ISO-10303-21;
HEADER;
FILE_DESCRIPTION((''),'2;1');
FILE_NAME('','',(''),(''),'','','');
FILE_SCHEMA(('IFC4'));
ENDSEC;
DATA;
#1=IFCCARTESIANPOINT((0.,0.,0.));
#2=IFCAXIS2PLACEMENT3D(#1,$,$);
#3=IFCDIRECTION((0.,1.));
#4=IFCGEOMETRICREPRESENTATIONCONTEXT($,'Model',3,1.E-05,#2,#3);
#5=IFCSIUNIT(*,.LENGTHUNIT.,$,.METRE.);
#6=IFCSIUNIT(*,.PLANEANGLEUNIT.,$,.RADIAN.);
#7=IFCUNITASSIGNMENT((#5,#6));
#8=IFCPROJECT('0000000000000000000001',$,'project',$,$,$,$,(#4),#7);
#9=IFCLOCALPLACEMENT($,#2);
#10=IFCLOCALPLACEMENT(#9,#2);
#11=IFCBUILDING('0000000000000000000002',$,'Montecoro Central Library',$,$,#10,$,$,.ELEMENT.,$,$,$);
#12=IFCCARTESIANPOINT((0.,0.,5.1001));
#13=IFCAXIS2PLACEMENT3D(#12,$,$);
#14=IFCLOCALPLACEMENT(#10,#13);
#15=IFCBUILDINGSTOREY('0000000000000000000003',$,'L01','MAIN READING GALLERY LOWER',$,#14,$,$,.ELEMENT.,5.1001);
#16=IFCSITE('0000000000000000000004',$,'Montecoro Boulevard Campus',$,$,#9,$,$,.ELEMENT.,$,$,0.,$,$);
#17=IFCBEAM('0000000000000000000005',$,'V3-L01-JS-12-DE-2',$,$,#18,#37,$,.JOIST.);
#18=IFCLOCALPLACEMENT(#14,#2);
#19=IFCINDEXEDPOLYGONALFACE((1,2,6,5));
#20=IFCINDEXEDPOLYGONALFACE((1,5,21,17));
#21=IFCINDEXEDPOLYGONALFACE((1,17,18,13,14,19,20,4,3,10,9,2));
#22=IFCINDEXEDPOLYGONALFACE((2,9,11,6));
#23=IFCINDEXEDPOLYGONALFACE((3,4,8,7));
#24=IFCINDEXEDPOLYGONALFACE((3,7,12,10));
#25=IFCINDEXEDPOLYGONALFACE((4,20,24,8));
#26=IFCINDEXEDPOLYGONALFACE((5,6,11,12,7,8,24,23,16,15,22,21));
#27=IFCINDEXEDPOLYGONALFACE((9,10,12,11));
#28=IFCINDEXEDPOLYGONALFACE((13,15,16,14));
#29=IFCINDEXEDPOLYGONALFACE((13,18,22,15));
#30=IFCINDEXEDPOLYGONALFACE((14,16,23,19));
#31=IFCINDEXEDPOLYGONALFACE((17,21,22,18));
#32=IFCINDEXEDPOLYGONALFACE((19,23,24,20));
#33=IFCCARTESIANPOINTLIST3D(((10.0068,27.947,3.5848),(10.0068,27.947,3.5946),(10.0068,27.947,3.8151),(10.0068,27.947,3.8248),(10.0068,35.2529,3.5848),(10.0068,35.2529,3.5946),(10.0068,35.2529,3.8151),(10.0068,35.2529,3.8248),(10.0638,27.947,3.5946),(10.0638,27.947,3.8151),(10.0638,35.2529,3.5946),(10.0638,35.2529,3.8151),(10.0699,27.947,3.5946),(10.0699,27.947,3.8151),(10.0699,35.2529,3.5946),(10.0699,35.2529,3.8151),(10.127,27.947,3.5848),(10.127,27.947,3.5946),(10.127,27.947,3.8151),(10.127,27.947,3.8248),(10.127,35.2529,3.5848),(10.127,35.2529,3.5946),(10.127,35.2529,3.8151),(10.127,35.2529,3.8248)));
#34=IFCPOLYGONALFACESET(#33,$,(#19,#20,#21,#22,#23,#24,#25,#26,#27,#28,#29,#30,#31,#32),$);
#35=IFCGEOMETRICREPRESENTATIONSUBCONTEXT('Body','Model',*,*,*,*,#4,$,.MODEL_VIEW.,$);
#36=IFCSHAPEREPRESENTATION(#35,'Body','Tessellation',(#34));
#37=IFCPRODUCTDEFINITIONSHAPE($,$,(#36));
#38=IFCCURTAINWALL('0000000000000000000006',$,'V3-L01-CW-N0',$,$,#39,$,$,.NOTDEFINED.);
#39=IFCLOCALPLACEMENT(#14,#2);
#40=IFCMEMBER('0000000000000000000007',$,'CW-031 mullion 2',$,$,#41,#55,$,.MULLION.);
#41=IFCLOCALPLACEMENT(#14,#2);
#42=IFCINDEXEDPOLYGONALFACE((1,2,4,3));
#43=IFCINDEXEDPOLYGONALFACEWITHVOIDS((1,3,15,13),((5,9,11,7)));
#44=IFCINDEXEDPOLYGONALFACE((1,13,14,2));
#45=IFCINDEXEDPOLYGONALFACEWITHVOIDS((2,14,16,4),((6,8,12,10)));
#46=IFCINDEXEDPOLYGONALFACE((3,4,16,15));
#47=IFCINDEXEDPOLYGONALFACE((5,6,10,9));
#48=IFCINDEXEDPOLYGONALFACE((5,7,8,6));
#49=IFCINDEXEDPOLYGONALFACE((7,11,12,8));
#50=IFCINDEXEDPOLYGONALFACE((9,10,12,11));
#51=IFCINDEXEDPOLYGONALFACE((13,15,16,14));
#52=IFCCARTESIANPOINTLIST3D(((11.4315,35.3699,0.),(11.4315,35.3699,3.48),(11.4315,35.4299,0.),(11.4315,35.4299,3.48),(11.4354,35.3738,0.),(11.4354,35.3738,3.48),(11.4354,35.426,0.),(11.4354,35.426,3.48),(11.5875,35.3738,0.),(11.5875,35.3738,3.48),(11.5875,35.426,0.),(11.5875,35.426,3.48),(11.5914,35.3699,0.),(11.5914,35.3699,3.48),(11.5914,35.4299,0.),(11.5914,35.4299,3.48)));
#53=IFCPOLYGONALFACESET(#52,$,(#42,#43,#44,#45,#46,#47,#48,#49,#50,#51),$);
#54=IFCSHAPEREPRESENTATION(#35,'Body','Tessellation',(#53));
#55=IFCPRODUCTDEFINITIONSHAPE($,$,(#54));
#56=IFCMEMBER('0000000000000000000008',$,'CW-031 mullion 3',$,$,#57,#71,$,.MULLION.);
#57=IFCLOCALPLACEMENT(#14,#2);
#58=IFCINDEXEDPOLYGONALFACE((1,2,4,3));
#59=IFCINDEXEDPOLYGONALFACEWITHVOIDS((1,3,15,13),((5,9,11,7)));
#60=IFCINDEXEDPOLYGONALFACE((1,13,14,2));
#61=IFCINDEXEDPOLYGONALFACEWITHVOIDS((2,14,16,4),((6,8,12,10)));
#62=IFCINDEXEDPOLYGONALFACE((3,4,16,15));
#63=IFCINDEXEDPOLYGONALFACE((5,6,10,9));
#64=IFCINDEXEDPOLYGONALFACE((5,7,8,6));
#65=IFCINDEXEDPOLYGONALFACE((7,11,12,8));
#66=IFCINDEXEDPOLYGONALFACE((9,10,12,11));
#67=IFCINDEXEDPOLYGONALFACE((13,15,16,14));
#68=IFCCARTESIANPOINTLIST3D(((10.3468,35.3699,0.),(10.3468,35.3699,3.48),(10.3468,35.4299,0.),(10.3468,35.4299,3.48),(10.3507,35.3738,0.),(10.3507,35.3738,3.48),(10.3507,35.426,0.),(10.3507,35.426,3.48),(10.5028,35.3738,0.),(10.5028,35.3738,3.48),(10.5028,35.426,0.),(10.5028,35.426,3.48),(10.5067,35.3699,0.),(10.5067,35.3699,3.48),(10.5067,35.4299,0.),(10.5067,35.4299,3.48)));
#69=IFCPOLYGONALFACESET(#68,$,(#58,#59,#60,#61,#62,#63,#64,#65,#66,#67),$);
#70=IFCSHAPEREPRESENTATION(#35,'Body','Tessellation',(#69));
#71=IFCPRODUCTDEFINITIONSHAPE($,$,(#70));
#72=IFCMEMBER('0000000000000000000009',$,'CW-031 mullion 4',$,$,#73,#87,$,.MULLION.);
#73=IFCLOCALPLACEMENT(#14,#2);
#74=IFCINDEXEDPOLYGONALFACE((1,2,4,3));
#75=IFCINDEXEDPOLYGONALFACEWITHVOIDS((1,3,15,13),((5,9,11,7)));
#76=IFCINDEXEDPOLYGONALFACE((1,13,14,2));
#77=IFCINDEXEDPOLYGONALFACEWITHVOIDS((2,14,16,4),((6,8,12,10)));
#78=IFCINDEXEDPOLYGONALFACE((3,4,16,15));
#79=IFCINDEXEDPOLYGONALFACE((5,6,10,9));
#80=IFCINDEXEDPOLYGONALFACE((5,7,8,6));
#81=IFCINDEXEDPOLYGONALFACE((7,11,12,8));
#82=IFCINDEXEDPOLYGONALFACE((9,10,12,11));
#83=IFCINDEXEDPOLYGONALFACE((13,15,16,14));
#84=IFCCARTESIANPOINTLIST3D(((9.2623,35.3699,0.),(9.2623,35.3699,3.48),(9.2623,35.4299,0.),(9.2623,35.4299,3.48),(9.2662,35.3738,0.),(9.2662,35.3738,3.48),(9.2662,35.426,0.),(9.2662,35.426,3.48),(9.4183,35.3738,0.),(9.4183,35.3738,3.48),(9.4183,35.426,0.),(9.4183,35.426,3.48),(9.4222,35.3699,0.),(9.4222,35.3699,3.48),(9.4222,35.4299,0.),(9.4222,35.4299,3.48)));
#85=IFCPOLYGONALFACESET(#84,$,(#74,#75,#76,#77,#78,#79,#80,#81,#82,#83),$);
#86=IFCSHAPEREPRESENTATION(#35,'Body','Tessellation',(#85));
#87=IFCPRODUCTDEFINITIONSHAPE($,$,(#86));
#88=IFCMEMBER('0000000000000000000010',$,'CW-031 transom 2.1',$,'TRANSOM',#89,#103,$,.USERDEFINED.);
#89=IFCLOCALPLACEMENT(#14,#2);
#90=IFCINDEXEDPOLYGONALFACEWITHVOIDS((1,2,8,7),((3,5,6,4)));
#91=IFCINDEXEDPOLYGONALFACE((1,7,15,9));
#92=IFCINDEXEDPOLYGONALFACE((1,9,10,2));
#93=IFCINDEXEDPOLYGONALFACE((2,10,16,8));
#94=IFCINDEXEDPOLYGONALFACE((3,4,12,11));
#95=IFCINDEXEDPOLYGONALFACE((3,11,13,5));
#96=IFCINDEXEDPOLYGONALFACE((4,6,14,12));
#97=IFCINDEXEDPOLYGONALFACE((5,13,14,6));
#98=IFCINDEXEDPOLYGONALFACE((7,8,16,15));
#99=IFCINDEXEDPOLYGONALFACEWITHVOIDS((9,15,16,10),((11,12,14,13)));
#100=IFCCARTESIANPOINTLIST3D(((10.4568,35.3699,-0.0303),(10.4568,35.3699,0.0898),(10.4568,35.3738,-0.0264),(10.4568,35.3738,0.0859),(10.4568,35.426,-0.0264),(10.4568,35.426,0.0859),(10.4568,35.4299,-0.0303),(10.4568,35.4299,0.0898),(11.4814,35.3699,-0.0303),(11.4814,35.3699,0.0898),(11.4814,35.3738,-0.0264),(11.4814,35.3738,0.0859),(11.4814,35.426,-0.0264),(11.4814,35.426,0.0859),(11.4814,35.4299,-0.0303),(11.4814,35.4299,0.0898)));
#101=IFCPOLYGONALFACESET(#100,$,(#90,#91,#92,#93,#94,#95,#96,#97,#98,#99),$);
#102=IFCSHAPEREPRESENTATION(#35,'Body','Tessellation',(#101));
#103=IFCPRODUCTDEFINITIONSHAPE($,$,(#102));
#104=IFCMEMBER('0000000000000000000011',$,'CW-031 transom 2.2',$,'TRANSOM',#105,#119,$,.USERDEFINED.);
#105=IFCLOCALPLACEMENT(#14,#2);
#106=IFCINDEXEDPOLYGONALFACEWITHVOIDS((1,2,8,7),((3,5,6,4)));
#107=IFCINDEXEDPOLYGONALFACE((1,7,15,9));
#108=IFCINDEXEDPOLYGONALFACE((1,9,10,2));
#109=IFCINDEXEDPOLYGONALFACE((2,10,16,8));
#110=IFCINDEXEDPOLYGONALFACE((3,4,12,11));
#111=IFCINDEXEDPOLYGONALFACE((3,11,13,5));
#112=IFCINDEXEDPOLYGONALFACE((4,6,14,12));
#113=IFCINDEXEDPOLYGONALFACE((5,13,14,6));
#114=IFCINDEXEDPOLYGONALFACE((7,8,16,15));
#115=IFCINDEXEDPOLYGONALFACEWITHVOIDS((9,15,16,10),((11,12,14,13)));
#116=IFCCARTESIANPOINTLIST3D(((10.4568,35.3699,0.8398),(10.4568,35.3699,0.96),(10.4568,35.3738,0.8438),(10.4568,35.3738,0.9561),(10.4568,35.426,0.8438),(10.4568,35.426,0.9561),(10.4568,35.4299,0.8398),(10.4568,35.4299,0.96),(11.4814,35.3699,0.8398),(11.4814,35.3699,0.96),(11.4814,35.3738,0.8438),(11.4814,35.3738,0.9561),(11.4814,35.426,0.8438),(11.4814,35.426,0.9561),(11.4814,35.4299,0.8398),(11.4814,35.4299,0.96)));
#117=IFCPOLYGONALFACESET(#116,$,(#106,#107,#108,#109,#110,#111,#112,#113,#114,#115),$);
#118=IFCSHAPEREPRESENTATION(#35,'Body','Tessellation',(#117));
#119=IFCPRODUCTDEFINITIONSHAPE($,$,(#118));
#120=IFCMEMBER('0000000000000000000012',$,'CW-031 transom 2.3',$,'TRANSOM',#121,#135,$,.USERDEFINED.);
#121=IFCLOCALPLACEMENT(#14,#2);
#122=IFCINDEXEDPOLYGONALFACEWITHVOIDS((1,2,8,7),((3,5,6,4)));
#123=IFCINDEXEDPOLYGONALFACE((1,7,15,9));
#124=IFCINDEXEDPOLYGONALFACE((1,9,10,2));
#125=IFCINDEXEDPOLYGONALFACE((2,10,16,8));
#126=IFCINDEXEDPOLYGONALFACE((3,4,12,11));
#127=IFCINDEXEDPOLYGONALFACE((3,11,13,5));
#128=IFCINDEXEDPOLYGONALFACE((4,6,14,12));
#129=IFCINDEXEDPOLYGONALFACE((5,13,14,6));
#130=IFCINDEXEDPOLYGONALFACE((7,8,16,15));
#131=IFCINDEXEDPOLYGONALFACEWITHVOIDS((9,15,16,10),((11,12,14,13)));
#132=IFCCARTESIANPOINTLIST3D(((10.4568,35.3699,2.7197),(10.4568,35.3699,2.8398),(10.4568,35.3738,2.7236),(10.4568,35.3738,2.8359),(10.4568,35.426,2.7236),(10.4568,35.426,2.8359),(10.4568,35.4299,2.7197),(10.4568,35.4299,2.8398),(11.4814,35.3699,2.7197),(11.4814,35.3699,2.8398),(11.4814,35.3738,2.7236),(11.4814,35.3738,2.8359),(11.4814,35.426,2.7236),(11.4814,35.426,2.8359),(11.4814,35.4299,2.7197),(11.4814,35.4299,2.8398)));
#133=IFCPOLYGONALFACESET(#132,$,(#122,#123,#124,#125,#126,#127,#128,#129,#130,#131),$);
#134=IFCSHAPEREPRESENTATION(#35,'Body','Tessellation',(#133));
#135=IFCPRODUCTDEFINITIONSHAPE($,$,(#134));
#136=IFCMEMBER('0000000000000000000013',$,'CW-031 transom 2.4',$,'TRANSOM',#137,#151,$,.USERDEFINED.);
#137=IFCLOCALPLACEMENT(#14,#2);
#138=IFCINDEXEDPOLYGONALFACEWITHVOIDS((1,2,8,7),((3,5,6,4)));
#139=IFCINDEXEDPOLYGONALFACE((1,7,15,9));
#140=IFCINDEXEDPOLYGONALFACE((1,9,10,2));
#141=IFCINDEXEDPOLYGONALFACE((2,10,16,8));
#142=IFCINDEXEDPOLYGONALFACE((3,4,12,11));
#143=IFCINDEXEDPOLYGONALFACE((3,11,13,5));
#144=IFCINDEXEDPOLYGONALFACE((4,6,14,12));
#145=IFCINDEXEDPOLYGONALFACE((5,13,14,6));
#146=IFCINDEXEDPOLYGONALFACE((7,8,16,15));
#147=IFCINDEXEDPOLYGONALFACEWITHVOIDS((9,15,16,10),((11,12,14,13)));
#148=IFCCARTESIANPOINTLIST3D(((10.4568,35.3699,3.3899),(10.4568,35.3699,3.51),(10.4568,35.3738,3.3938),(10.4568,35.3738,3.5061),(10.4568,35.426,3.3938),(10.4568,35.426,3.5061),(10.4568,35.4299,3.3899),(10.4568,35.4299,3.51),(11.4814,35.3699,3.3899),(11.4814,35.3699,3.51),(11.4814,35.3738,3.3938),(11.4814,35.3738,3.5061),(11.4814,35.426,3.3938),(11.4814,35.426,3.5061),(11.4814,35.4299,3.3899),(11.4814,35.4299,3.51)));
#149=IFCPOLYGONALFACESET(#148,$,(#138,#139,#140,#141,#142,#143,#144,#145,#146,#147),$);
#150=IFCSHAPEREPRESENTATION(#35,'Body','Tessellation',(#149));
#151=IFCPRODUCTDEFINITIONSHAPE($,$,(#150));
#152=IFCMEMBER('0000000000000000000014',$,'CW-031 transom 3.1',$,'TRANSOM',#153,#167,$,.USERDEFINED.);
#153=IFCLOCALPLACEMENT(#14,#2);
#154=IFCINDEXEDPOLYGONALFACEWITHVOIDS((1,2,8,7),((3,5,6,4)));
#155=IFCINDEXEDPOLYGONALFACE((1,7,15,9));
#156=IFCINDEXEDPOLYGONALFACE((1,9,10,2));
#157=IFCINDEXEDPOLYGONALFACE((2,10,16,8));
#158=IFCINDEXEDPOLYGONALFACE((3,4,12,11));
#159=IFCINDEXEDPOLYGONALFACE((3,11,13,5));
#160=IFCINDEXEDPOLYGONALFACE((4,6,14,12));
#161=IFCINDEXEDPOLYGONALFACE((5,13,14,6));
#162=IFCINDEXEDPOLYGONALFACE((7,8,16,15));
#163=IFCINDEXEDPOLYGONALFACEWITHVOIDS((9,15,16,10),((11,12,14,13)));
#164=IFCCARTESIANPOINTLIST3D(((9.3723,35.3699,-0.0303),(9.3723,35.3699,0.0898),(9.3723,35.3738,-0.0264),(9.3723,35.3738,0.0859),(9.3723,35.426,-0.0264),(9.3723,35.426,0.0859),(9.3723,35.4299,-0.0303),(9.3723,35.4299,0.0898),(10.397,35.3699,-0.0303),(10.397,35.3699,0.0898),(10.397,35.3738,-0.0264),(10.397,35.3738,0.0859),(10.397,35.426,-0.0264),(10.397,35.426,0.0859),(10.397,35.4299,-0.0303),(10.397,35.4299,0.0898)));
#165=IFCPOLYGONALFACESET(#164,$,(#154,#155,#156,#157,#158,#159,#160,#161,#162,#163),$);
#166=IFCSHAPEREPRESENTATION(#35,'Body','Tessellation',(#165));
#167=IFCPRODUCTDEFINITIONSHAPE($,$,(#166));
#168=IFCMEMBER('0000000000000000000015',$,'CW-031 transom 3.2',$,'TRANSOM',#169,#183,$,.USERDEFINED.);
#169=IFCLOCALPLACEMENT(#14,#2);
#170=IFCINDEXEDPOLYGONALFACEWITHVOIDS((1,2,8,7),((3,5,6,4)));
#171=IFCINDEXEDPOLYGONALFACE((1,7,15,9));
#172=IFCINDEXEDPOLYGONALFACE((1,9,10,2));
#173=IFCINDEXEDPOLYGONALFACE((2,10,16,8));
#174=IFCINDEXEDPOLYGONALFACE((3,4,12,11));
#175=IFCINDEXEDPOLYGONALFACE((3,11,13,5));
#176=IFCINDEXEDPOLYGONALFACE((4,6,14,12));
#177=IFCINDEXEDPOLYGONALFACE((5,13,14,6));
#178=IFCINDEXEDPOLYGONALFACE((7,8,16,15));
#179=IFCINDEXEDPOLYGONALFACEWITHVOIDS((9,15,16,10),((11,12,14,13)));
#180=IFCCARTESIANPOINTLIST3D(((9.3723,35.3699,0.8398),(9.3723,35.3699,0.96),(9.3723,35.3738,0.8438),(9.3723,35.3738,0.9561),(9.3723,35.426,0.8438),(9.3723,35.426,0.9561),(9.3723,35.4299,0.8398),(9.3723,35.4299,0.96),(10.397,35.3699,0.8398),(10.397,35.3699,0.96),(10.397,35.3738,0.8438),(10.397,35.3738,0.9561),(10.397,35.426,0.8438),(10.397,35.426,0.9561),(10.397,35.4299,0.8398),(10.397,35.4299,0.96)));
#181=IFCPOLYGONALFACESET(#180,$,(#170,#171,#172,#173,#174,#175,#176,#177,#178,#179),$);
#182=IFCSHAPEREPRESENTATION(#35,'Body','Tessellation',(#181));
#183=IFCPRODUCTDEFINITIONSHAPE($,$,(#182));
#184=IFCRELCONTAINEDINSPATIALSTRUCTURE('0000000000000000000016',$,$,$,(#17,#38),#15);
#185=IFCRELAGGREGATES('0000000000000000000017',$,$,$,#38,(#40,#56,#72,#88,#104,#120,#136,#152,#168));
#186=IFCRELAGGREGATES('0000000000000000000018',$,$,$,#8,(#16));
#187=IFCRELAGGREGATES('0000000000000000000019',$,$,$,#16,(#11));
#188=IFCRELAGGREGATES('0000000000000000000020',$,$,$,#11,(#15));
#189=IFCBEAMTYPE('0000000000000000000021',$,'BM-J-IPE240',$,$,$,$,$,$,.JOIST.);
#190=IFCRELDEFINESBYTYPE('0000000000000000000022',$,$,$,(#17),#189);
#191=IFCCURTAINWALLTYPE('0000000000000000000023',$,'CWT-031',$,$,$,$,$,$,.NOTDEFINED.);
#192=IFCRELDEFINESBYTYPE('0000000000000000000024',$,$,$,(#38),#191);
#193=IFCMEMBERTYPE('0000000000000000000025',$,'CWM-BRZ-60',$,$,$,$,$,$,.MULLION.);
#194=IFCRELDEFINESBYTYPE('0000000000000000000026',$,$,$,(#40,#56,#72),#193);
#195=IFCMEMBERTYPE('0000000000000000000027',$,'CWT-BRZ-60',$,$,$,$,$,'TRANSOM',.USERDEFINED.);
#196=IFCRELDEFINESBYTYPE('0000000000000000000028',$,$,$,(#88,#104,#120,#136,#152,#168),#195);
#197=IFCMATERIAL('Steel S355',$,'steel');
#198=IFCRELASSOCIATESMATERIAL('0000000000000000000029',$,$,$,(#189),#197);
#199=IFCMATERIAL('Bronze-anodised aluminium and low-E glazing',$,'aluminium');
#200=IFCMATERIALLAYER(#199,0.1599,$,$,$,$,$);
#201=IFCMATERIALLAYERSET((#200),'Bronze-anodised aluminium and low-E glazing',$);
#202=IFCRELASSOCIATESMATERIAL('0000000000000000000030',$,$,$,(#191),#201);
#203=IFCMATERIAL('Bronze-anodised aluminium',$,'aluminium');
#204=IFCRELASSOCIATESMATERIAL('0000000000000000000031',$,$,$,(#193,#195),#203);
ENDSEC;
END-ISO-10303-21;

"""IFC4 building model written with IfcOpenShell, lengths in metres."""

from ifc_helpers import new_model, si_unit, direction, frame, origin, origin_2d, place, context, subcontext, project, spatial, hollow_rectangle, i_section, extrude, material, layer, layer_set, material_profile, profile_set, type_object, element, aggregate, save


model = new_model("IFC4")

# Units and contexts
model_context = context("Model", 3, precision=1e-05, world=origin(), true_north=direction((0.0, 1.0)))
body_context = subcontext(model_context, "Body", "Model", "MODEL_VIEW")
ifc_project = project(units=[si_unit("LENGTHUNIT", "METRE"), si_unit("PLANEANGLEUNIT", "RADIAN")], contexts=[model_context])

# Site, building, storey
site_placement = place(None, origin())
site = spatial("IfcSite", under=ifc_project, at=site_placement, Name="Montecoro Boulevard Campus", CompositionType="ELEMENT", RefElevation=0.0)
building_placement = place(site_placement, origin())
building = spatial("IfcBuilding", under=site, at=building_placement, Name="Montecoro Central Library", CompositionType="ELEMENT")
storey_placement = place(building_placement, frame((0.0, 0.0, 5.1001)))
storey = spatial("IfcBuildingStorey", under=building, at=storey_placement, Name="L01", Description="MAIN READING GALLERY LOWER", CompositionType="ELEMENT", Elevation=5.1001)

# Beam
ifc_material_1 = material(Name="Steel S355", Category="steel")
ifc_material_profile_1 = material_profile(ifc_material_1, i_section(OverallWidth=0.1201, OverallDepth=0.24, WebThickness=0.0061, FlangeThickness=0.0098, at=origin_2d()), Name="IPE 240")
ifc_profile_set_1 = profile_set([ifc_material_profile_1], Name="Steel S355")
beam_type = type_object("IfcBeamType", Name="BM-J-IPE240", PredefinedType="JOIST", material=ifc_profile_set_1)
beam_placement = place(storey_placement, frame((10.0669, 27.947, 3.7048), z_axis=(0.0, 1.0, 0.0), x_axis=(-1.0, 0.0, 0.0)))
element("IfcBeam", 1, at=beam_placement, inside=storey, type_object=beam_type, Name="V3-L01-JS-12-DE-2", PredefinedType="JOIST", context=body_context, shape_type="SweptSolid", body=[
    extrude(i_section(OverallWidth=0.1201, OverallDepth=0.24, WebThickness=0.0061, FlangeThickness=0.0098, at=origin_2d()), origin(), (0.0, 0.0, 1.0), 7.3059),
])

# Curtain wall, members
ifc_material_2 = material(Name="Bronze-anodised aluminium and low-E glazing", Category="aluminium")
ifc_layer_1 = layer(ifc_material_2, 0.1599)
ifc_layer_set_1 = layer_set([ifc_layer_1], Name="Bronze-anodised aluminium and low-E glazing")
curtain_wall_type = type_object("IfcCurtainWallType", Name="CWT-031", PredefinedType="NOTDEFINED", material=ifc_layer_set_1)
curtain_wall_placement = place(storey_placement, origin())
curtain_wall = element("IfcCurtainWall", 2, at=curtain_wall_placement, inside=storey, type_object=curtain_wall_type, Name="V3-L01-CW-N0", PredefinedType="NOTDEFINED")
ifc_material_3 = material(Name="Bronze-anodised aluminium", Category="aluminium")
ifc_material_profile_2 = material_profile(ifc_material_3, hollow_rectangle(XDim=0.0601, YDim=0.1599, WallThickness=0.0039, at=origin_2d()), Name="CWM 160x60x4.0")
ifc_profile_set_2 = profile_set([ifc_material_profile_2], Name="Bronze-anodised aluminium")
member_type_1 = type_object("IfcMemberType", Name="CWM-BRZ-60", PredefinedType="MULLION", material=ifc_profile_set_2)
member_1_placement = place(storey_placement, frame((11.5115, 35.3999, 0.0), z_axis=(0.0, 0.0, 1.0), x_axis=(0.0, -1.0, 0.0)))
member_1 = element("IfcMember", 3, at=member_1_placement, type_object=member_type_1, Name="CW-031 mullion 2", PredefinedType="MULLION", context=body_context, shape_type="SweptSolid", body=[
    extrude(hollow_rectangle(XDim=0.0601, YDim=0.1599, WallThickness=0.0039, at=origin_2d()), origin(), (0.0, 0.0, 1.0), 3.48),
])
member_2_placement = place(storey_placement, frame((10.4268, 35.3999, 0.0), z_axis=(0.0, 0.0, 1.0), x_axis=(0.0, -1.0, 0.0)))
member_2 = element("IfcMember", 4, at=member_2_placement, type_object=member_type_1, Name="CW-031 mullion 3", PredefinedType="MULLION", context=body_context, shape_type="SweptSolid", body=[
    extrude(hollow_rectangle(XDim=0.0601, YDim=0.1599, WallThickness=0.0039, at=origin_2d()), origin(), (0.0, 0.0, 1.0), 3.48),
])
member_3_placement = place(storey_placement, frame((9.3423, 35.3999, 0.0), z_axis=(0.0, 0.0, 1.0), x_axis=(0.0, -1.0, 0.0)))
member_3 = element("IfcMember", 5, at=member_3_placement, type_object=member_type_1, Name="CW-031 mullion 4", PredefinedType="MULLION", context=body_context, shape_type="SweptSolid", body=[
    extrude(hollow_rectangle(XDim=0.0601, YDim=0.1599, WallThickness=0.0039, at=origin_2d()), origin(), (0.0, 0.0, 1.0), 3.48),
])
ifc_material_profile_3 = material_profile(ifc_material_3, hollow_rectangle(XDim=0.0601, YDim=0.1201, WallThickness=0.0039, at=origin_2d()), Name="CWT 120x60x4.0")
ifc_profile_set_3 = profile_set([ifc_material_profile_3], Name="Bronze-anodised aluminium")
member_type_2 = type_object("IfcMemberType", Name="CWT-BRZ-60", ElementType="TRANSOM", PredefinedType="USERDEFINED", material=ifc_profile_set_3)
member_4_placement = place(storey_placement, frame((11.4814, 35.3999, 0.0298), z_axis=(-1.0, 0.0, 0.0), x_axis=(0.0, -1.0, 0.0)))
member_4 = element("IfcMember", 6, at=member_4_placement, type_object=member_type_2, Name="CW-031 transom 2.1", ObjectType="TRANSOM", PredefinedType="USERDEFINED", context=body_context, shape_type="SweptSolid", body=[
    extrude(hollow_rectangle(XDim=0.0601, YDim=0.1201, WallThickness=0.0039, at=origin_2d()), origin(), (0.0, 0.0, 1.0), 1.0247),
])
member_5_placement = place(storey_placement, frame((11.4814, 35.3999, 0.8999), z_axis=(-1.0, 0.0, 0.0), x_axis=(0.0, -1.0, 0.0)))
member_5 = element("IfcMember", 7, at=member_5_placement, type_object=member_type_2, Name="CW-031 transom 2.2", ObjectType="TRANSOM", PredefinedType="USERDEFINED", context=body_context, shape_type="SweptSolid", body=[
    extrude(hollow_rectangle(XDim=0.0601, YDim=0.1201, WallThickness=0.0039, at=origin_2d()), origin(), (0.0, 0.0, 1.0), 1.0247),
])
member_6_placement = place(storey_placement, frame((11.4814, 35.3999, 2.7798), z_axis=(-1.0, 0.0, 0.0), x_axis=(0.0, -1.0, 0.0)))
member_6 = element("IfcMember", 8, at=member_6_placement, type_object=member_type_2, Name="CW-031 transom 2.3", ObjectType="TRANSOM", PredefinedType="USERDEFINED", context=body_context, shape_type="SweptSolid", body=[
    extrude(hollow_rectangle(XDim=0.0601, YDim=0.1201, WallThickness=0.0039, at=origin_2d()), origin(), (0.0, 0.0, 1.0), 1.0247),
])
member_7_placement = place(storey_placement, frame((11.4814, 35.3999, 3.45), z_axis=(-1.0, 0.0, 0.0), x_axis=(0.0, -1.0, 0.0)))
member_7 = element("IfcMember", 9, at=member_7_placement, type_object=member_type_2, Name="CW-031 transom 2.4", ObjectType="TRANSOM", PredefinedType="USERDEFINED", context=body_context, shape_type="SweptSolid", body=[
    extrude(hollow_rectangle(XDim=0.0601, YDim=0.1201, WallThickness=0.0039, at=origin_2d()), origin(), (0.0, 0.0, 1.0), 1.0247),
])
member_8_placement = place(storey_placement, frame((10.397, 35.3999, 0.0298), z_axis=(-1.0, 0.0, 0.0), x_axis=(0.0, -1.0, 0.0)))
member_8 = element("IfcMember", 10, at=member_8_placement, type_object=member_type_2, Name="CW-031 transom 3.1", ObjectType="TRANSOM", PredefinedType="USERDEFINED", context=body_context, shape_type="SweptSolid", body=[
    extrude(hollow_rectangle(XDim=0.0601, YDim=0.1201, WallThickness=0.0039, at=origin_2d()), origin(), (0.0, 0.0, 1.0), 1.0247),
])
member_9_placement = place(storey_placement, frame((10.397, 35.3999, 0.8999), z_axis=(-1.0, 0.0, 0.0), x_axis=(0.0, -1.0, 0.0)))
member_9 = element("IfcMember", 11, at=member_9_placement, type_object=member_type_2, Name="CW-031 transom 3.2", ObjectType="TRANSOM", PredefinedType="USERDEFINED", context=body_context, shape_type="SweptSolid", body=[
    extrude(hollow_rectangle(XDim=0.0601, YDim=0.1201, WallThickness=0.0039, at=origin_2d()), origin(), (0.0, 0.0, 1.0), 1.0247),
])
aggregate(curtain_wall, [member_1, member_2, member_3, member_4, member_5, member_6, member_7, member_8, member_9])

save(model, "model.ifc")
